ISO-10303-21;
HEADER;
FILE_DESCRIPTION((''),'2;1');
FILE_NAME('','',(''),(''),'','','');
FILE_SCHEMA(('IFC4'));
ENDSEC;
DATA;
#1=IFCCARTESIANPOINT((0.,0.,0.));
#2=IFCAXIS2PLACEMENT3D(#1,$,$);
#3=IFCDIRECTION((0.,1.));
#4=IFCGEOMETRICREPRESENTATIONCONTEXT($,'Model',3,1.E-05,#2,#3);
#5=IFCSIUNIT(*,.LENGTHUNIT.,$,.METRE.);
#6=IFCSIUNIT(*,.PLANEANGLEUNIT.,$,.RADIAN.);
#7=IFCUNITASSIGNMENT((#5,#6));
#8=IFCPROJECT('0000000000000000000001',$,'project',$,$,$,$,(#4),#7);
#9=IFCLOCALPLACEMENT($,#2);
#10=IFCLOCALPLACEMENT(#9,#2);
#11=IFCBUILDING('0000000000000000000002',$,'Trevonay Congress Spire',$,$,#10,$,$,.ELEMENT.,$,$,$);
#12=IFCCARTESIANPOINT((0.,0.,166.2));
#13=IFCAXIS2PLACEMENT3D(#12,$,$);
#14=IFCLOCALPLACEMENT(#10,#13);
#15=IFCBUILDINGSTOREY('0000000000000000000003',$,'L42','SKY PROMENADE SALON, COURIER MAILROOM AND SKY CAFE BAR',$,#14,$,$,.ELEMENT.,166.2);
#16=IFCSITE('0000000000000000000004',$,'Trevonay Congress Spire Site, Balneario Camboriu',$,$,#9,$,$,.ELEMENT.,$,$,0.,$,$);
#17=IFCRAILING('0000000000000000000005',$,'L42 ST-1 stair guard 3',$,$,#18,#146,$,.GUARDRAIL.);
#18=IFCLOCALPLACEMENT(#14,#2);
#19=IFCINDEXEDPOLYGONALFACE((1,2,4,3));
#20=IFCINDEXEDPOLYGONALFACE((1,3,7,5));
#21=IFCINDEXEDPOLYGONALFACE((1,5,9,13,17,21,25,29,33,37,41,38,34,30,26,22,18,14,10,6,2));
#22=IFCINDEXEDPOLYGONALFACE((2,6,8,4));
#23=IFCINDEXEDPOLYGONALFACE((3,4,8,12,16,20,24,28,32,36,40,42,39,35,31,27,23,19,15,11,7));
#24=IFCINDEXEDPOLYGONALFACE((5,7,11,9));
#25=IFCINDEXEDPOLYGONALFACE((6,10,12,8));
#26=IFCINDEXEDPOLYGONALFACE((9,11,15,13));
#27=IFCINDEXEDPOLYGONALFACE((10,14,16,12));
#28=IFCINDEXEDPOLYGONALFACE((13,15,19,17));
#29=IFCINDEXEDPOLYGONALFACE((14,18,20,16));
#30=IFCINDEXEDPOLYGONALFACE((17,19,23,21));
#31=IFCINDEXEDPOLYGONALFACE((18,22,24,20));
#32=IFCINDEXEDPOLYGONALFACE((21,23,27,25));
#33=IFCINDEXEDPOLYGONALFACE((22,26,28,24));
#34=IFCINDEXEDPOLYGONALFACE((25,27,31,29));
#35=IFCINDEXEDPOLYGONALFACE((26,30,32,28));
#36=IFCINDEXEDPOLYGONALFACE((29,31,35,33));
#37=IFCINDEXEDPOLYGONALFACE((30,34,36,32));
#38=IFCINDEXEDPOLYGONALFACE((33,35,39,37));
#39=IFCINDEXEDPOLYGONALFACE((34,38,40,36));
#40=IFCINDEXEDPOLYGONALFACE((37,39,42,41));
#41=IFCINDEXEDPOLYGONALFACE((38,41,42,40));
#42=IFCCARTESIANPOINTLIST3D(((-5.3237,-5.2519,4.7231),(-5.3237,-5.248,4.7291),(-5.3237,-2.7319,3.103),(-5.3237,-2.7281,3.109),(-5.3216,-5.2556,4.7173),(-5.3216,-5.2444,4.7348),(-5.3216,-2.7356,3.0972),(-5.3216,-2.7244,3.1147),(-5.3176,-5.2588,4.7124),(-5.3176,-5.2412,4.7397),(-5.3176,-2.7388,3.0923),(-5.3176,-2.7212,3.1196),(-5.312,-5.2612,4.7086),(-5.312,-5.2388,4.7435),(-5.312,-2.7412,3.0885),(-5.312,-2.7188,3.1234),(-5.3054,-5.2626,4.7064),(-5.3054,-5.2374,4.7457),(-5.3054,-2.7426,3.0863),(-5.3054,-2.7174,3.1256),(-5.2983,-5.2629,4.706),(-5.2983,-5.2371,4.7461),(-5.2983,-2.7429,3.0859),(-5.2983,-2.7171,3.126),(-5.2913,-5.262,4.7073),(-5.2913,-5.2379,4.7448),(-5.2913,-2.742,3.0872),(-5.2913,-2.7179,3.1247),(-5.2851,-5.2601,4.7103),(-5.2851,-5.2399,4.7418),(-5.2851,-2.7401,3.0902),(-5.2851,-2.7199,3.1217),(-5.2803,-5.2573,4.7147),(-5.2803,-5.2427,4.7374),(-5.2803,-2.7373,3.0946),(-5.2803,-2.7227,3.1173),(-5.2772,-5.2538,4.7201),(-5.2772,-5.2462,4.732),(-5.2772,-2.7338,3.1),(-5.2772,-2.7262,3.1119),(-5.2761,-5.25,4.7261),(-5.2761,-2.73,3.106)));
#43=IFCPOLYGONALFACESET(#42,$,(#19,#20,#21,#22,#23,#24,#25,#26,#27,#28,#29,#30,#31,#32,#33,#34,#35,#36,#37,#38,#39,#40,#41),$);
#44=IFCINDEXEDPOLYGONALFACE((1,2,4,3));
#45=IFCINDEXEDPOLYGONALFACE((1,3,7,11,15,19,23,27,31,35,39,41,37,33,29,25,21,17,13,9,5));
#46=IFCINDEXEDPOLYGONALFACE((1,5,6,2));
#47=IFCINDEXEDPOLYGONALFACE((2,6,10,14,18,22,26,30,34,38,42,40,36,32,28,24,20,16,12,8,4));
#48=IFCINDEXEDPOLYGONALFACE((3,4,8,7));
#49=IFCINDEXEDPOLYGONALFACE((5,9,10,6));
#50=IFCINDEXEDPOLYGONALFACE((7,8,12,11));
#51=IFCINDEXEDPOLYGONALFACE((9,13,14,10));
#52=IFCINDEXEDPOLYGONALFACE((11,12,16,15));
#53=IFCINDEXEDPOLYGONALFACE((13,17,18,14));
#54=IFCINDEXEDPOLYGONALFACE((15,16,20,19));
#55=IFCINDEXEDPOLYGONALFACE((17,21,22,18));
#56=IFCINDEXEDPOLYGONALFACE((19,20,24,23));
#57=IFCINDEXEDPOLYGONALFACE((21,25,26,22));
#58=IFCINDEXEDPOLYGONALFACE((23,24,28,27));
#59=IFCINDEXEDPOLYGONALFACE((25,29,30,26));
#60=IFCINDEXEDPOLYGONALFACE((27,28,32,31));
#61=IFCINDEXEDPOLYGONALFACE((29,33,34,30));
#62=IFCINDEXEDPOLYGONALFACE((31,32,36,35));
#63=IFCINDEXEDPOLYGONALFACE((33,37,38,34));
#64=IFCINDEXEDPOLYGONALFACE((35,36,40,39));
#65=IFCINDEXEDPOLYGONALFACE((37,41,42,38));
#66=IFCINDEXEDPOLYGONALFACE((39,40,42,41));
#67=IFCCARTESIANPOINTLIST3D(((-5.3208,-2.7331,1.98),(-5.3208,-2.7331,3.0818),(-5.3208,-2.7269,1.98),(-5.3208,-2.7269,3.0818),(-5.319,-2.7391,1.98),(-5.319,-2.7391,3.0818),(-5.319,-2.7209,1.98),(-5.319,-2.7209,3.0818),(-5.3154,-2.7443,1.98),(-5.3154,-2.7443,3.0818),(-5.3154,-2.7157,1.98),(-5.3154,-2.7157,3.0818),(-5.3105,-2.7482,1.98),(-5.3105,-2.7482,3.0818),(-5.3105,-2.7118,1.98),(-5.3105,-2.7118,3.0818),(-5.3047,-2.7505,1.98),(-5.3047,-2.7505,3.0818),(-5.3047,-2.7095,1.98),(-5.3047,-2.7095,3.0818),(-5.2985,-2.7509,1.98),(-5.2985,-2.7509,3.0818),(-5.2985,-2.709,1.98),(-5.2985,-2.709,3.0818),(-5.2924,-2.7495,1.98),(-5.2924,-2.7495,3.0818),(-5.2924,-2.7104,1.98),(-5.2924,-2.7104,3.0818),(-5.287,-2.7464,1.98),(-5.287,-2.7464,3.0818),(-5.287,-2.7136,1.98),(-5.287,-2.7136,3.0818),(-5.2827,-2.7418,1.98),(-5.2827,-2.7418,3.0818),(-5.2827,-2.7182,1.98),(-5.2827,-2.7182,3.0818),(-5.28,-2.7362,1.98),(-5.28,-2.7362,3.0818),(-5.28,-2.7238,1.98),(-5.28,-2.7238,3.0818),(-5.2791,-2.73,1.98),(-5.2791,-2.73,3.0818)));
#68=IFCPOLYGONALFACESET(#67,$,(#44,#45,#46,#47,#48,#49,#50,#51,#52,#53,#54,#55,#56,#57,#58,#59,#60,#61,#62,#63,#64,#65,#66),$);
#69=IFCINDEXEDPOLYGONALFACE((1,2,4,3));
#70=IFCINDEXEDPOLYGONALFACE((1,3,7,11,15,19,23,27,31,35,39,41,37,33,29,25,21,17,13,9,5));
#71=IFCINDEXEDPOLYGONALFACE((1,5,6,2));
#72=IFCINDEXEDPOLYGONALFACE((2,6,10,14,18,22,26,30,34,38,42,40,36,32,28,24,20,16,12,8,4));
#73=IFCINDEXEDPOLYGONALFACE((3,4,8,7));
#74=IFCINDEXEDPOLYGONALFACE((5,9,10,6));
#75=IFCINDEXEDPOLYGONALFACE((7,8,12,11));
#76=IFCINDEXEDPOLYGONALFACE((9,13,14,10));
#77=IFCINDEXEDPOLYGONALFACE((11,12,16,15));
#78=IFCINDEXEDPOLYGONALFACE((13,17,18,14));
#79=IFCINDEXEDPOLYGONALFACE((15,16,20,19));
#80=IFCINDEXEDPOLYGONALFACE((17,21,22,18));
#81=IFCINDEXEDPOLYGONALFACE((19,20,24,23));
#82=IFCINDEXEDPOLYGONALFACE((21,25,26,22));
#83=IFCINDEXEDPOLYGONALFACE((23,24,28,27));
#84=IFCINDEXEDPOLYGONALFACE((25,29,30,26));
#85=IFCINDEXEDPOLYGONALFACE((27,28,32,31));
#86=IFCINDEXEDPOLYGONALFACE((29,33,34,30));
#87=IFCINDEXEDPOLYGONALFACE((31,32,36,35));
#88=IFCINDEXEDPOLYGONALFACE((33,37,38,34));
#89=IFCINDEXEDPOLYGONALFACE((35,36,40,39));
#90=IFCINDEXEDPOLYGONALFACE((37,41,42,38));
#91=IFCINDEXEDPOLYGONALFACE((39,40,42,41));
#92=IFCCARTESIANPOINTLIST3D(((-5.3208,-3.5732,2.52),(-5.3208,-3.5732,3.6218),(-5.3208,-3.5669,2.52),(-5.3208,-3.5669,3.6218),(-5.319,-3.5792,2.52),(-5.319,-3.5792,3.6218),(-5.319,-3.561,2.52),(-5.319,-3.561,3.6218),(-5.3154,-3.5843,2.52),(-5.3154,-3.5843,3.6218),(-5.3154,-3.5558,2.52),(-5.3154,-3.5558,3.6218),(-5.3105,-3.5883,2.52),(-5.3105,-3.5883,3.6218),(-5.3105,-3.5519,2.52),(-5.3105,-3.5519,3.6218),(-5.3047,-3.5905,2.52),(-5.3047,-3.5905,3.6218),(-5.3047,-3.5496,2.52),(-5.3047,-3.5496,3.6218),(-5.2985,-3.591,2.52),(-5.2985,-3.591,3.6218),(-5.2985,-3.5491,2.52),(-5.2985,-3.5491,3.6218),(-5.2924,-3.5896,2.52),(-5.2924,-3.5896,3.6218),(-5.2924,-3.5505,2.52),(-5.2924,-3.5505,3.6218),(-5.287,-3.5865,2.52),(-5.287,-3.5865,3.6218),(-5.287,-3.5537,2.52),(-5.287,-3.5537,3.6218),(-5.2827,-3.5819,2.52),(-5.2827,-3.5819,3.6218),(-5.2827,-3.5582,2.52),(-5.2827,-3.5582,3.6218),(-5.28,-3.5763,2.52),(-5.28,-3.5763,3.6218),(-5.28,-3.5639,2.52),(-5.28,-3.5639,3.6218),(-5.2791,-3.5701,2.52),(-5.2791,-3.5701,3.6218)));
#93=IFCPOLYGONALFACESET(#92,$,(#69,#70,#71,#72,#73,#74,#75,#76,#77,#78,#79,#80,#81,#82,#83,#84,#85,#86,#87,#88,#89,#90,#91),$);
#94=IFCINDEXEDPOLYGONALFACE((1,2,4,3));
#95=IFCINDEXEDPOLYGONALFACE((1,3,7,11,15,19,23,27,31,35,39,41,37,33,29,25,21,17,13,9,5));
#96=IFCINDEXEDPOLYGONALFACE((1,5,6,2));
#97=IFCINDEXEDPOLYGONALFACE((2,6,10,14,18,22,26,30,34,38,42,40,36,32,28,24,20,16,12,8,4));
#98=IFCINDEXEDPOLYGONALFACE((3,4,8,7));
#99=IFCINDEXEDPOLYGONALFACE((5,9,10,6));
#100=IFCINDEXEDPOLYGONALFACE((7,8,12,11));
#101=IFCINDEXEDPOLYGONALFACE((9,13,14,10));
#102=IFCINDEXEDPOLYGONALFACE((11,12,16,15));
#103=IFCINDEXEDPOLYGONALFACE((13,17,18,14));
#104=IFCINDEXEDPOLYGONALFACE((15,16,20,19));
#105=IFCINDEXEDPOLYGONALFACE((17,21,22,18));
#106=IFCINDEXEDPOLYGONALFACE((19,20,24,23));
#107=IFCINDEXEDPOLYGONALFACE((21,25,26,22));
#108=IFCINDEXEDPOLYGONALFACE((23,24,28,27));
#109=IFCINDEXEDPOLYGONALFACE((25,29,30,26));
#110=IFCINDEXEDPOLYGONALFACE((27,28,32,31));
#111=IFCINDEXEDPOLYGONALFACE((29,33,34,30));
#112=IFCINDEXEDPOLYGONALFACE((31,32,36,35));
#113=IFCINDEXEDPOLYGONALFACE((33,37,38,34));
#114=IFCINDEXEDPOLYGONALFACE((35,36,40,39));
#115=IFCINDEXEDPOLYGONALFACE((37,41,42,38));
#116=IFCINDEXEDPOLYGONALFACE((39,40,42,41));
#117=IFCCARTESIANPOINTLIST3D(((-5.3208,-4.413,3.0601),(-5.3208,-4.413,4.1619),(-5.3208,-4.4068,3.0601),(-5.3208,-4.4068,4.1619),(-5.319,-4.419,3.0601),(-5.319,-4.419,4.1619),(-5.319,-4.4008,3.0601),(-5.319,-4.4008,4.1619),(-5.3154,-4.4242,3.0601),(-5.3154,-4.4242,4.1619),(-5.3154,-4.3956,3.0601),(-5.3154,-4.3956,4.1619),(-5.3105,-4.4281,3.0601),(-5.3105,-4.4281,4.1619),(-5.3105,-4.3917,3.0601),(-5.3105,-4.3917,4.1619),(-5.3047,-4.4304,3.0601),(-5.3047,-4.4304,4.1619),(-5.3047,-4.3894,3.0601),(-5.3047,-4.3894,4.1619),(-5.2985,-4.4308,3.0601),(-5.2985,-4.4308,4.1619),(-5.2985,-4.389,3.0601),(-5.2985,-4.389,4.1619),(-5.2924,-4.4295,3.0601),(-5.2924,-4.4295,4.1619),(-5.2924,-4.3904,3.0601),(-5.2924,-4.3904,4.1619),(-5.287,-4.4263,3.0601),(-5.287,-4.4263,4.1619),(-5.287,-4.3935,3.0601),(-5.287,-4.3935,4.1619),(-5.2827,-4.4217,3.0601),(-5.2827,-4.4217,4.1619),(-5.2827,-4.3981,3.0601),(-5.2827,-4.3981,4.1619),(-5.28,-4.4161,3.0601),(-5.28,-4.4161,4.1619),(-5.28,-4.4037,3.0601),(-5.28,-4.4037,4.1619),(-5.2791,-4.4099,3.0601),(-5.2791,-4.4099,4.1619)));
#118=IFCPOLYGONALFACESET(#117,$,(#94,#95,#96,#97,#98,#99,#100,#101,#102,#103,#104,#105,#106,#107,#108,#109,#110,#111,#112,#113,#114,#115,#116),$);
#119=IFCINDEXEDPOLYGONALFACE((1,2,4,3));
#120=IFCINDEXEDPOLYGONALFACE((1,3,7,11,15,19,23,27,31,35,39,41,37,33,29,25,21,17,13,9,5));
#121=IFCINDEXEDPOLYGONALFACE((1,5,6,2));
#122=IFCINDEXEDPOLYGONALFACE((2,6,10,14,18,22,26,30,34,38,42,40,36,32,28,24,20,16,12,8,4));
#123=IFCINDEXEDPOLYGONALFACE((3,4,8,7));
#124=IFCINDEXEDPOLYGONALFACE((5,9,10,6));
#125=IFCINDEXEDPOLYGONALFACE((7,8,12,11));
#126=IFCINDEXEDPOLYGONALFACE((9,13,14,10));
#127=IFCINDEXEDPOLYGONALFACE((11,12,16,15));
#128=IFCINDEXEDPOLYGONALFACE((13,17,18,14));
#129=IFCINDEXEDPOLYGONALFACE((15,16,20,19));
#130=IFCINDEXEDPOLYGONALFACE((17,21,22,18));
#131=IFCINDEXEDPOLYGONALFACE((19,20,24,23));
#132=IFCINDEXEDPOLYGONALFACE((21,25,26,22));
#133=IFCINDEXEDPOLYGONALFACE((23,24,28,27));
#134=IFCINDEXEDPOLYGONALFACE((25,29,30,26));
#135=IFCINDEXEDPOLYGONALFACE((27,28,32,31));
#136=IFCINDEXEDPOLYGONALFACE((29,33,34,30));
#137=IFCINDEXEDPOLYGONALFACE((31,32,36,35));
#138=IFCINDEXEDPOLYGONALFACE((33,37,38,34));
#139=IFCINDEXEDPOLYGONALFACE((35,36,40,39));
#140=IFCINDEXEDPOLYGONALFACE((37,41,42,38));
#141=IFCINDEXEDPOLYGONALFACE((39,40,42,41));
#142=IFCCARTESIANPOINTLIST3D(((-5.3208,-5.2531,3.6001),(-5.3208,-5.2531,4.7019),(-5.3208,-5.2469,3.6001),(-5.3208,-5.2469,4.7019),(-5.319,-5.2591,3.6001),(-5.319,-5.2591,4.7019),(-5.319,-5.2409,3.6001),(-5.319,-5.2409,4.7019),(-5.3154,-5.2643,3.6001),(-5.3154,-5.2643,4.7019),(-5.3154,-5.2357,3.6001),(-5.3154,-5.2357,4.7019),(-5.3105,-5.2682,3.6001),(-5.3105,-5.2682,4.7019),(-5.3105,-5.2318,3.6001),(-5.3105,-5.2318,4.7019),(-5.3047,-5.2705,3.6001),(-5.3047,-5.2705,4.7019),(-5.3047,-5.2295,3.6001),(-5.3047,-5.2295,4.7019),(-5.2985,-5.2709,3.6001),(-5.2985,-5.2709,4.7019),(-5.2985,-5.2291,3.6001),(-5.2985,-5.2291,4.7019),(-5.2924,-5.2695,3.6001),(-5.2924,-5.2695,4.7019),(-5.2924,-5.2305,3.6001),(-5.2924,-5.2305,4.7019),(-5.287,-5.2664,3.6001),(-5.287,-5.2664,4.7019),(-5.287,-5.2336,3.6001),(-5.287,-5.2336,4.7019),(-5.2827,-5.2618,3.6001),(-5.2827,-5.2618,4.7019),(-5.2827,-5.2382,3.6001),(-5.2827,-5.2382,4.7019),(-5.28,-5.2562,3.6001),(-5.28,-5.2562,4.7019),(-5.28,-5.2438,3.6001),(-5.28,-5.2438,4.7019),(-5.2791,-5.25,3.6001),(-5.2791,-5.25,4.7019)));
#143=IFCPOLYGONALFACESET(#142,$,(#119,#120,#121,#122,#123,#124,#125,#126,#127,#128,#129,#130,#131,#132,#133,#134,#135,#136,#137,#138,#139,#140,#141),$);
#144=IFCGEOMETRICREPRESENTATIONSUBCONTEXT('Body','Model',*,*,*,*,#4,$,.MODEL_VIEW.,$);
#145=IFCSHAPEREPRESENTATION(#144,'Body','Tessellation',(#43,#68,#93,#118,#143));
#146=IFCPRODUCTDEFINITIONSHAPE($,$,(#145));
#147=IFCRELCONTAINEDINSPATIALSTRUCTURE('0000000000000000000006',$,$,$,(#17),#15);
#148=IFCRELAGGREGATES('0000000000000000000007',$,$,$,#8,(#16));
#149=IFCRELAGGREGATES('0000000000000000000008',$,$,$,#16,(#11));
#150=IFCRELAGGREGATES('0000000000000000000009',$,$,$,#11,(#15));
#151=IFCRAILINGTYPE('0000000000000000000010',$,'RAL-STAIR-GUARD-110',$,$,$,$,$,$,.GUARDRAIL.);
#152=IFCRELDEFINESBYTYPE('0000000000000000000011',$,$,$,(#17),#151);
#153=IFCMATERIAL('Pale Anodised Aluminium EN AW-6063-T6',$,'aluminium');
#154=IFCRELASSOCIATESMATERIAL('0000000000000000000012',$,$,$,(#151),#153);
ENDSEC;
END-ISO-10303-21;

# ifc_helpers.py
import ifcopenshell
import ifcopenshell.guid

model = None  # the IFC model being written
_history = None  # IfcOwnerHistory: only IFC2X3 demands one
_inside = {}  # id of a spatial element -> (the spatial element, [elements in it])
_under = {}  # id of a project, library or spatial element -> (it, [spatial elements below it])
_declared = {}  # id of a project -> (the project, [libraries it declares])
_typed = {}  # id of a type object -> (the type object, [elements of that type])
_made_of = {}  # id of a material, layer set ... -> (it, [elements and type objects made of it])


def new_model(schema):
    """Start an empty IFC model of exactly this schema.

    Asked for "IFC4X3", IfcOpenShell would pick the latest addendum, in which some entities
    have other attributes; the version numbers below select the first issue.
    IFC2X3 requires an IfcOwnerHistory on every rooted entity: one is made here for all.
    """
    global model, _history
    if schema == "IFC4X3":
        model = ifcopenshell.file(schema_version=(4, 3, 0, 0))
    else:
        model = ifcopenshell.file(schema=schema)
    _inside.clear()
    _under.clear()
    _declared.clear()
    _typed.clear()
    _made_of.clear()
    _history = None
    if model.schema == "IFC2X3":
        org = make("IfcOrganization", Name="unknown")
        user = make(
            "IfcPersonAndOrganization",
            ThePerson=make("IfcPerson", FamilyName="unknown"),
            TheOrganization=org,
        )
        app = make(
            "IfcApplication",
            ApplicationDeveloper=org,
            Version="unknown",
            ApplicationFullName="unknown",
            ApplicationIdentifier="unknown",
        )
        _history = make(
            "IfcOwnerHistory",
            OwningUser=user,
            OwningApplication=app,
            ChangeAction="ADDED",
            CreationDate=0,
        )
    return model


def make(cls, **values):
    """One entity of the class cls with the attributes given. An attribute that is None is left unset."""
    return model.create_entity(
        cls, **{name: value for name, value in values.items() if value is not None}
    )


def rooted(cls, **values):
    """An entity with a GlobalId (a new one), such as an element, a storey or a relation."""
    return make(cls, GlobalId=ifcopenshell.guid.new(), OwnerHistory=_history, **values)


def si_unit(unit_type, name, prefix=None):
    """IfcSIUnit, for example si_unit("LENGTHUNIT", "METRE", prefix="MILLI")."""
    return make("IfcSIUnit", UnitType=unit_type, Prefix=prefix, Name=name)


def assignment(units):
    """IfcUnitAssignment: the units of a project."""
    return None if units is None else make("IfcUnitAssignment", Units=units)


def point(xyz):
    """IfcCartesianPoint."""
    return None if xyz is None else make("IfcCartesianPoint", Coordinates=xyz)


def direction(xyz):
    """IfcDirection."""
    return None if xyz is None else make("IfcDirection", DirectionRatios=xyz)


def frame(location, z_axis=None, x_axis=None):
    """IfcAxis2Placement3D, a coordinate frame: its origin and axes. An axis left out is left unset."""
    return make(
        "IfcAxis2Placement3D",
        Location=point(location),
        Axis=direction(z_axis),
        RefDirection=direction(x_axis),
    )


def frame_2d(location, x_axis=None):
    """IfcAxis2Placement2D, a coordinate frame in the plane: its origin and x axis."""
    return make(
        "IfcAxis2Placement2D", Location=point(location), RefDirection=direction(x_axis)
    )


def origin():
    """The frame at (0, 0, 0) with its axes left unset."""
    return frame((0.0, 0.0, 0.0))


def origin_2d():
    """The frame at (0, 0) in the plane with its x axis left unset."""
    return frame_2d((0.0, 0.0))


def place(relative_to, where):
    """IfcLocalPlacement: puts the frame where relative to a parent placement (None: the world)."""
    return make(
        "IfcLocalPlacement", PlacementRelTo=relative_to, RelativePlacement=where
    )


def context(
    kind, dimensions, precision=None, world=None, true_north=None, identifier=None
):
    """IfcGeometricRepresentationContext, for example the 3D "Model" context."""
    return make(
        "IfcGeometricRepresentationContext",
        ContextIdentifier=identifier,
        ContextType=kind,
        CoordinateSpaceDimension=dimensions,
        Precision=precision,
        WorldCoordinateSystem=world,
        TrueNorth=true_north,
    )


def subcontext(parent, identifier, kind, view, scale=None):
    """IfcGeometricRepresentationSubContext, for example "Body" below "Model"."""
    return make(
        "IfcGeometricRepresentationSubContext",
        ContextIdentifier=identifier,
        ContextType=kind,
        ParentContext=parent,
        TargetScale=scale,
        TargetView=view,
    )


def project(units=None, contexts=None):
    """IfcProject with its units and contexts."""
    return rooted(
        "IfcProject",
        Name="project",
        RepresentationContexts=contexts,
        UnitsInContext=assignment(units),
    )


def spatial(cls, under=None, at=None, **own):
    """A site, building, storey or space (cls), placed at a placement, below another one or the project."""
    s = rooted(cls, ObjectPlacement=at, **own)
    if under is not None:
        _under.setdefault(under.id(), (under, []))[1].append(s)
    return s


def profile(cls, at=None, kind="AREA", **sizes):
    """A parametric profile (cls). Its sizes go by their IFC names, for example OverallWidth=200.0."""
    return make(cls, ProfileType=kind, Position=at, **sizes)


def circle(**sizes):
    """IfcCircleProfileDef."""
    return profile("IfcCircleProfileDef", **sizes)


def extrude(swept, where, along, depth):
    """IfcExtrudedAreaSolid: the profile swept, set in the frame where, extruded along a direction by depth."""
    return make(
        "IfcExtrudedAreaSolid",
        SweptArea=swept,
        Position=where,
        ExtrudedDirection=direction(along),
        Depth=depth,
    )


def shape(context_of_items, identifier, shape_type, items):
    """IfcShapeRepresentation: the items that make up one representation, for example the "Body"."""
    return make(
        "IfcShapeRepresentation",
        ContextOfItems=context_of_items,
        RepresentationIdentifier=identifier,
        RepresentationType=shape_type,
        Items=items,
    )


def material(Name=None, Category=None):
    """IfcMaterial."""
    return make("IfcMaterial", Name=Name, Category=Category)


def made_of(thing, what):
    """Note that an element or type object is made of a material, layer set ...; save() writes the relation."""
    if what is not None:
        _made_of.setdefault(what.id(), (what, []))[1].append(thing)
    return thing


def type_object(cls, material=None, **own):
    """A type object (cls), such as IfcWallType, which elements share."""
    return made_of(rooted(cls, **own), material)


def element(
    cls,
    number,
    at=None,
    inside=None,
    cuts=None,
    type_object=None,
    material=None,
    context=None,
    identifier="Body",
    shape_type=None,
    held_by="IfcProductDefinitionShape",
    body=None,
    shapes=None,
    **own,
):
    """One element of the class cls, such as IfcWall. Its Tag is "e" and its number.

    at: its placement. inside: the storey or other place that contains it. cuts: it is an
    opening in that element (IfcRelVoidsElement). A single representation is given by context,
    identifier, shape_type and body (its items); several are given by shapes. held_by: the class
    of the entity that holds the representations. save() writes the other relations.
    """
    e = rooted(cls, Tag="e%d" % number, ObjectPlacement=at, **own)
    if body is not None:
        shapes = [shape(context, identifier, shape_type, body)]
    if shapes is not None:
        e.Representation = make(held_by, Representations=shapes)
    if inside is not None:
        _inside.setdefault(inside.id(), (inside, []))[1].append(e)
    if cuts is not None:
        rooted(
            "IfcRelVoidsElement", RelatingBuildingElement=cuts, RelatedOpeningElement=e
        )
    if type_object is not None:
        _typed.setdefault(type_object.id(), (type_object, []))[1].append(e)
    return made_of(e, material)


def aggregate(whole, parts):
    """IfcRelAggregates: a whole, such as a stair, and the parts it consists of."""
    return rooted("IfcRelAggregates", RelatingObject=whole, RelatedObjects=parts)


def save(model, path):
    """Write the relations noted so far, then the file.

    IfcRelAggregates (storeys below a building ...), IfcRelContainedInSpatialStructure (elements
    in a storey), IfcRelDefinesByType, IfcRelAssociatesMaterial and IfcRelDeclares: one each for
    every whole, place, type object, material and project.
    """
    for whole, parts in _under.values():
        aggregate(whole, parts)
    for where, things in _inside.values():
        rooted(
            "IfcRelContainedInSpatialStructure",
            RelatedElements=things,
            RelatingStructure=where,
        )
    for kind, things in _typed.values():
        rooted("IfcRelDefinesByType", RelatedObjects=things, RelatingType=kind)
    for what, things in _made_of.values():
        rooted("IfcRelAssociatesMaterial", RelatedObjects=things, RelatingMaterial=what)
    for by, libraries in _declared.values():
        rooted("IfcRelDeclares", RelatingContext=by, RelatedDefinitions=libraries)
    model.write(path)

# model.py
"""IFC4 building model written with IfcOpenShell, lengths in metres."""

from ifc_helpers import new_model, si_unit, direction, frame, origin, origin_2d, place, context, subcontext, project, spatial, circle, extrude, material, type_object, element, save


model = new_model("IFC4")

# Units and contexts
model_context = context("Model", 3, precision=1e-05, world=origin(), true_north=direction((0.0, 1.0)))
body_context = subcontext(model_context, "Body", "Model", "MODEL_VIEW")
ifc_project = project(units=[si_unit("LENGTHUNIT", "METRE"), si_unit("PLANEANGLEUNIT", "RADIAN")], contexts=[model_context])

# Site, building, storey
site_placement = place(None, origin())
site = spatial("IfcSite", under=ifc_project, at=site_placement, Name="Trevonay Congress Spire Site, Balneario Camboriu", CompositionType="ELEMENT", RefElevation=0.0)
building_placement = place(site_placement, origin())
building = spatial("IfcBuilding", under=site, at=building_placement, Name="Trevonay Congress Spire", CompositionType="ELEMENT")
storey_placement = place(building_placement, frame((0.0, 0.0, 166.2)))
storey = spatial("IfcBuildingStorey", under=building, at=storey_placement, Name="L42", Description="SKY PROMENADE SALON, COURIER MAILROOM AND SKY CAFE BAR", CompositionType="ELEMENT", Elevation=166.2)

# Railing
ifc_material_1 = material(Name="Pale Anodised Aluminium EN AW-6063-T6", Category="aluminium")
railing_type_1 = type_object("IfcRailingType", Name="RAL-STAIR-GUARD-110", PredefinedType="GUARDRAIL", material=ifc_material_1)
railing_1_placement = place(storey_placement, frame((-5.3, -2.73, 1.98)))
element("IfcRailing", 1, at=railing_1_placement, inside=storey, type_object=railing_type_1, Name="L42 ST-1 stair guard 3", PredefinedType="GUARDRAIL", context=body_context, shape_type="SweptSolid", body=[
    extrude(circle(Radius=0.0239, at=origin_2d()), frame((0.0, 0.0, 1.126), z_axis=(0.0, -0.841163, 0.540782), x_axis=(1.0, 0.0, 0.0)), (0.0, 0.0, 1.0), 2.9958),
    extrude(circle(Radius=0.021, at=origin_2d()), origin(), (0.0, 0.0, 1.0), 1.1018),
    extrude(circle(Radius=0.021, at=origin_2d()), frame((0.0, -0.8401, 0.54)), (0.0, 0.0, 1.0), 1.1018),
    extrude(circle(Radius=0.021, at=origin_2d()), frame((0.0, -1.6799, 1.0801)), (0.0, 0.0, 1.0), 1.1018),
    extrude(circle(Radius=0.021, at=origin_2d()), frame((0.0, -2.52, 1.6201)), (0.0, 0.0, 1.0), 1.1018),
])

save(model, "model.ifc")
